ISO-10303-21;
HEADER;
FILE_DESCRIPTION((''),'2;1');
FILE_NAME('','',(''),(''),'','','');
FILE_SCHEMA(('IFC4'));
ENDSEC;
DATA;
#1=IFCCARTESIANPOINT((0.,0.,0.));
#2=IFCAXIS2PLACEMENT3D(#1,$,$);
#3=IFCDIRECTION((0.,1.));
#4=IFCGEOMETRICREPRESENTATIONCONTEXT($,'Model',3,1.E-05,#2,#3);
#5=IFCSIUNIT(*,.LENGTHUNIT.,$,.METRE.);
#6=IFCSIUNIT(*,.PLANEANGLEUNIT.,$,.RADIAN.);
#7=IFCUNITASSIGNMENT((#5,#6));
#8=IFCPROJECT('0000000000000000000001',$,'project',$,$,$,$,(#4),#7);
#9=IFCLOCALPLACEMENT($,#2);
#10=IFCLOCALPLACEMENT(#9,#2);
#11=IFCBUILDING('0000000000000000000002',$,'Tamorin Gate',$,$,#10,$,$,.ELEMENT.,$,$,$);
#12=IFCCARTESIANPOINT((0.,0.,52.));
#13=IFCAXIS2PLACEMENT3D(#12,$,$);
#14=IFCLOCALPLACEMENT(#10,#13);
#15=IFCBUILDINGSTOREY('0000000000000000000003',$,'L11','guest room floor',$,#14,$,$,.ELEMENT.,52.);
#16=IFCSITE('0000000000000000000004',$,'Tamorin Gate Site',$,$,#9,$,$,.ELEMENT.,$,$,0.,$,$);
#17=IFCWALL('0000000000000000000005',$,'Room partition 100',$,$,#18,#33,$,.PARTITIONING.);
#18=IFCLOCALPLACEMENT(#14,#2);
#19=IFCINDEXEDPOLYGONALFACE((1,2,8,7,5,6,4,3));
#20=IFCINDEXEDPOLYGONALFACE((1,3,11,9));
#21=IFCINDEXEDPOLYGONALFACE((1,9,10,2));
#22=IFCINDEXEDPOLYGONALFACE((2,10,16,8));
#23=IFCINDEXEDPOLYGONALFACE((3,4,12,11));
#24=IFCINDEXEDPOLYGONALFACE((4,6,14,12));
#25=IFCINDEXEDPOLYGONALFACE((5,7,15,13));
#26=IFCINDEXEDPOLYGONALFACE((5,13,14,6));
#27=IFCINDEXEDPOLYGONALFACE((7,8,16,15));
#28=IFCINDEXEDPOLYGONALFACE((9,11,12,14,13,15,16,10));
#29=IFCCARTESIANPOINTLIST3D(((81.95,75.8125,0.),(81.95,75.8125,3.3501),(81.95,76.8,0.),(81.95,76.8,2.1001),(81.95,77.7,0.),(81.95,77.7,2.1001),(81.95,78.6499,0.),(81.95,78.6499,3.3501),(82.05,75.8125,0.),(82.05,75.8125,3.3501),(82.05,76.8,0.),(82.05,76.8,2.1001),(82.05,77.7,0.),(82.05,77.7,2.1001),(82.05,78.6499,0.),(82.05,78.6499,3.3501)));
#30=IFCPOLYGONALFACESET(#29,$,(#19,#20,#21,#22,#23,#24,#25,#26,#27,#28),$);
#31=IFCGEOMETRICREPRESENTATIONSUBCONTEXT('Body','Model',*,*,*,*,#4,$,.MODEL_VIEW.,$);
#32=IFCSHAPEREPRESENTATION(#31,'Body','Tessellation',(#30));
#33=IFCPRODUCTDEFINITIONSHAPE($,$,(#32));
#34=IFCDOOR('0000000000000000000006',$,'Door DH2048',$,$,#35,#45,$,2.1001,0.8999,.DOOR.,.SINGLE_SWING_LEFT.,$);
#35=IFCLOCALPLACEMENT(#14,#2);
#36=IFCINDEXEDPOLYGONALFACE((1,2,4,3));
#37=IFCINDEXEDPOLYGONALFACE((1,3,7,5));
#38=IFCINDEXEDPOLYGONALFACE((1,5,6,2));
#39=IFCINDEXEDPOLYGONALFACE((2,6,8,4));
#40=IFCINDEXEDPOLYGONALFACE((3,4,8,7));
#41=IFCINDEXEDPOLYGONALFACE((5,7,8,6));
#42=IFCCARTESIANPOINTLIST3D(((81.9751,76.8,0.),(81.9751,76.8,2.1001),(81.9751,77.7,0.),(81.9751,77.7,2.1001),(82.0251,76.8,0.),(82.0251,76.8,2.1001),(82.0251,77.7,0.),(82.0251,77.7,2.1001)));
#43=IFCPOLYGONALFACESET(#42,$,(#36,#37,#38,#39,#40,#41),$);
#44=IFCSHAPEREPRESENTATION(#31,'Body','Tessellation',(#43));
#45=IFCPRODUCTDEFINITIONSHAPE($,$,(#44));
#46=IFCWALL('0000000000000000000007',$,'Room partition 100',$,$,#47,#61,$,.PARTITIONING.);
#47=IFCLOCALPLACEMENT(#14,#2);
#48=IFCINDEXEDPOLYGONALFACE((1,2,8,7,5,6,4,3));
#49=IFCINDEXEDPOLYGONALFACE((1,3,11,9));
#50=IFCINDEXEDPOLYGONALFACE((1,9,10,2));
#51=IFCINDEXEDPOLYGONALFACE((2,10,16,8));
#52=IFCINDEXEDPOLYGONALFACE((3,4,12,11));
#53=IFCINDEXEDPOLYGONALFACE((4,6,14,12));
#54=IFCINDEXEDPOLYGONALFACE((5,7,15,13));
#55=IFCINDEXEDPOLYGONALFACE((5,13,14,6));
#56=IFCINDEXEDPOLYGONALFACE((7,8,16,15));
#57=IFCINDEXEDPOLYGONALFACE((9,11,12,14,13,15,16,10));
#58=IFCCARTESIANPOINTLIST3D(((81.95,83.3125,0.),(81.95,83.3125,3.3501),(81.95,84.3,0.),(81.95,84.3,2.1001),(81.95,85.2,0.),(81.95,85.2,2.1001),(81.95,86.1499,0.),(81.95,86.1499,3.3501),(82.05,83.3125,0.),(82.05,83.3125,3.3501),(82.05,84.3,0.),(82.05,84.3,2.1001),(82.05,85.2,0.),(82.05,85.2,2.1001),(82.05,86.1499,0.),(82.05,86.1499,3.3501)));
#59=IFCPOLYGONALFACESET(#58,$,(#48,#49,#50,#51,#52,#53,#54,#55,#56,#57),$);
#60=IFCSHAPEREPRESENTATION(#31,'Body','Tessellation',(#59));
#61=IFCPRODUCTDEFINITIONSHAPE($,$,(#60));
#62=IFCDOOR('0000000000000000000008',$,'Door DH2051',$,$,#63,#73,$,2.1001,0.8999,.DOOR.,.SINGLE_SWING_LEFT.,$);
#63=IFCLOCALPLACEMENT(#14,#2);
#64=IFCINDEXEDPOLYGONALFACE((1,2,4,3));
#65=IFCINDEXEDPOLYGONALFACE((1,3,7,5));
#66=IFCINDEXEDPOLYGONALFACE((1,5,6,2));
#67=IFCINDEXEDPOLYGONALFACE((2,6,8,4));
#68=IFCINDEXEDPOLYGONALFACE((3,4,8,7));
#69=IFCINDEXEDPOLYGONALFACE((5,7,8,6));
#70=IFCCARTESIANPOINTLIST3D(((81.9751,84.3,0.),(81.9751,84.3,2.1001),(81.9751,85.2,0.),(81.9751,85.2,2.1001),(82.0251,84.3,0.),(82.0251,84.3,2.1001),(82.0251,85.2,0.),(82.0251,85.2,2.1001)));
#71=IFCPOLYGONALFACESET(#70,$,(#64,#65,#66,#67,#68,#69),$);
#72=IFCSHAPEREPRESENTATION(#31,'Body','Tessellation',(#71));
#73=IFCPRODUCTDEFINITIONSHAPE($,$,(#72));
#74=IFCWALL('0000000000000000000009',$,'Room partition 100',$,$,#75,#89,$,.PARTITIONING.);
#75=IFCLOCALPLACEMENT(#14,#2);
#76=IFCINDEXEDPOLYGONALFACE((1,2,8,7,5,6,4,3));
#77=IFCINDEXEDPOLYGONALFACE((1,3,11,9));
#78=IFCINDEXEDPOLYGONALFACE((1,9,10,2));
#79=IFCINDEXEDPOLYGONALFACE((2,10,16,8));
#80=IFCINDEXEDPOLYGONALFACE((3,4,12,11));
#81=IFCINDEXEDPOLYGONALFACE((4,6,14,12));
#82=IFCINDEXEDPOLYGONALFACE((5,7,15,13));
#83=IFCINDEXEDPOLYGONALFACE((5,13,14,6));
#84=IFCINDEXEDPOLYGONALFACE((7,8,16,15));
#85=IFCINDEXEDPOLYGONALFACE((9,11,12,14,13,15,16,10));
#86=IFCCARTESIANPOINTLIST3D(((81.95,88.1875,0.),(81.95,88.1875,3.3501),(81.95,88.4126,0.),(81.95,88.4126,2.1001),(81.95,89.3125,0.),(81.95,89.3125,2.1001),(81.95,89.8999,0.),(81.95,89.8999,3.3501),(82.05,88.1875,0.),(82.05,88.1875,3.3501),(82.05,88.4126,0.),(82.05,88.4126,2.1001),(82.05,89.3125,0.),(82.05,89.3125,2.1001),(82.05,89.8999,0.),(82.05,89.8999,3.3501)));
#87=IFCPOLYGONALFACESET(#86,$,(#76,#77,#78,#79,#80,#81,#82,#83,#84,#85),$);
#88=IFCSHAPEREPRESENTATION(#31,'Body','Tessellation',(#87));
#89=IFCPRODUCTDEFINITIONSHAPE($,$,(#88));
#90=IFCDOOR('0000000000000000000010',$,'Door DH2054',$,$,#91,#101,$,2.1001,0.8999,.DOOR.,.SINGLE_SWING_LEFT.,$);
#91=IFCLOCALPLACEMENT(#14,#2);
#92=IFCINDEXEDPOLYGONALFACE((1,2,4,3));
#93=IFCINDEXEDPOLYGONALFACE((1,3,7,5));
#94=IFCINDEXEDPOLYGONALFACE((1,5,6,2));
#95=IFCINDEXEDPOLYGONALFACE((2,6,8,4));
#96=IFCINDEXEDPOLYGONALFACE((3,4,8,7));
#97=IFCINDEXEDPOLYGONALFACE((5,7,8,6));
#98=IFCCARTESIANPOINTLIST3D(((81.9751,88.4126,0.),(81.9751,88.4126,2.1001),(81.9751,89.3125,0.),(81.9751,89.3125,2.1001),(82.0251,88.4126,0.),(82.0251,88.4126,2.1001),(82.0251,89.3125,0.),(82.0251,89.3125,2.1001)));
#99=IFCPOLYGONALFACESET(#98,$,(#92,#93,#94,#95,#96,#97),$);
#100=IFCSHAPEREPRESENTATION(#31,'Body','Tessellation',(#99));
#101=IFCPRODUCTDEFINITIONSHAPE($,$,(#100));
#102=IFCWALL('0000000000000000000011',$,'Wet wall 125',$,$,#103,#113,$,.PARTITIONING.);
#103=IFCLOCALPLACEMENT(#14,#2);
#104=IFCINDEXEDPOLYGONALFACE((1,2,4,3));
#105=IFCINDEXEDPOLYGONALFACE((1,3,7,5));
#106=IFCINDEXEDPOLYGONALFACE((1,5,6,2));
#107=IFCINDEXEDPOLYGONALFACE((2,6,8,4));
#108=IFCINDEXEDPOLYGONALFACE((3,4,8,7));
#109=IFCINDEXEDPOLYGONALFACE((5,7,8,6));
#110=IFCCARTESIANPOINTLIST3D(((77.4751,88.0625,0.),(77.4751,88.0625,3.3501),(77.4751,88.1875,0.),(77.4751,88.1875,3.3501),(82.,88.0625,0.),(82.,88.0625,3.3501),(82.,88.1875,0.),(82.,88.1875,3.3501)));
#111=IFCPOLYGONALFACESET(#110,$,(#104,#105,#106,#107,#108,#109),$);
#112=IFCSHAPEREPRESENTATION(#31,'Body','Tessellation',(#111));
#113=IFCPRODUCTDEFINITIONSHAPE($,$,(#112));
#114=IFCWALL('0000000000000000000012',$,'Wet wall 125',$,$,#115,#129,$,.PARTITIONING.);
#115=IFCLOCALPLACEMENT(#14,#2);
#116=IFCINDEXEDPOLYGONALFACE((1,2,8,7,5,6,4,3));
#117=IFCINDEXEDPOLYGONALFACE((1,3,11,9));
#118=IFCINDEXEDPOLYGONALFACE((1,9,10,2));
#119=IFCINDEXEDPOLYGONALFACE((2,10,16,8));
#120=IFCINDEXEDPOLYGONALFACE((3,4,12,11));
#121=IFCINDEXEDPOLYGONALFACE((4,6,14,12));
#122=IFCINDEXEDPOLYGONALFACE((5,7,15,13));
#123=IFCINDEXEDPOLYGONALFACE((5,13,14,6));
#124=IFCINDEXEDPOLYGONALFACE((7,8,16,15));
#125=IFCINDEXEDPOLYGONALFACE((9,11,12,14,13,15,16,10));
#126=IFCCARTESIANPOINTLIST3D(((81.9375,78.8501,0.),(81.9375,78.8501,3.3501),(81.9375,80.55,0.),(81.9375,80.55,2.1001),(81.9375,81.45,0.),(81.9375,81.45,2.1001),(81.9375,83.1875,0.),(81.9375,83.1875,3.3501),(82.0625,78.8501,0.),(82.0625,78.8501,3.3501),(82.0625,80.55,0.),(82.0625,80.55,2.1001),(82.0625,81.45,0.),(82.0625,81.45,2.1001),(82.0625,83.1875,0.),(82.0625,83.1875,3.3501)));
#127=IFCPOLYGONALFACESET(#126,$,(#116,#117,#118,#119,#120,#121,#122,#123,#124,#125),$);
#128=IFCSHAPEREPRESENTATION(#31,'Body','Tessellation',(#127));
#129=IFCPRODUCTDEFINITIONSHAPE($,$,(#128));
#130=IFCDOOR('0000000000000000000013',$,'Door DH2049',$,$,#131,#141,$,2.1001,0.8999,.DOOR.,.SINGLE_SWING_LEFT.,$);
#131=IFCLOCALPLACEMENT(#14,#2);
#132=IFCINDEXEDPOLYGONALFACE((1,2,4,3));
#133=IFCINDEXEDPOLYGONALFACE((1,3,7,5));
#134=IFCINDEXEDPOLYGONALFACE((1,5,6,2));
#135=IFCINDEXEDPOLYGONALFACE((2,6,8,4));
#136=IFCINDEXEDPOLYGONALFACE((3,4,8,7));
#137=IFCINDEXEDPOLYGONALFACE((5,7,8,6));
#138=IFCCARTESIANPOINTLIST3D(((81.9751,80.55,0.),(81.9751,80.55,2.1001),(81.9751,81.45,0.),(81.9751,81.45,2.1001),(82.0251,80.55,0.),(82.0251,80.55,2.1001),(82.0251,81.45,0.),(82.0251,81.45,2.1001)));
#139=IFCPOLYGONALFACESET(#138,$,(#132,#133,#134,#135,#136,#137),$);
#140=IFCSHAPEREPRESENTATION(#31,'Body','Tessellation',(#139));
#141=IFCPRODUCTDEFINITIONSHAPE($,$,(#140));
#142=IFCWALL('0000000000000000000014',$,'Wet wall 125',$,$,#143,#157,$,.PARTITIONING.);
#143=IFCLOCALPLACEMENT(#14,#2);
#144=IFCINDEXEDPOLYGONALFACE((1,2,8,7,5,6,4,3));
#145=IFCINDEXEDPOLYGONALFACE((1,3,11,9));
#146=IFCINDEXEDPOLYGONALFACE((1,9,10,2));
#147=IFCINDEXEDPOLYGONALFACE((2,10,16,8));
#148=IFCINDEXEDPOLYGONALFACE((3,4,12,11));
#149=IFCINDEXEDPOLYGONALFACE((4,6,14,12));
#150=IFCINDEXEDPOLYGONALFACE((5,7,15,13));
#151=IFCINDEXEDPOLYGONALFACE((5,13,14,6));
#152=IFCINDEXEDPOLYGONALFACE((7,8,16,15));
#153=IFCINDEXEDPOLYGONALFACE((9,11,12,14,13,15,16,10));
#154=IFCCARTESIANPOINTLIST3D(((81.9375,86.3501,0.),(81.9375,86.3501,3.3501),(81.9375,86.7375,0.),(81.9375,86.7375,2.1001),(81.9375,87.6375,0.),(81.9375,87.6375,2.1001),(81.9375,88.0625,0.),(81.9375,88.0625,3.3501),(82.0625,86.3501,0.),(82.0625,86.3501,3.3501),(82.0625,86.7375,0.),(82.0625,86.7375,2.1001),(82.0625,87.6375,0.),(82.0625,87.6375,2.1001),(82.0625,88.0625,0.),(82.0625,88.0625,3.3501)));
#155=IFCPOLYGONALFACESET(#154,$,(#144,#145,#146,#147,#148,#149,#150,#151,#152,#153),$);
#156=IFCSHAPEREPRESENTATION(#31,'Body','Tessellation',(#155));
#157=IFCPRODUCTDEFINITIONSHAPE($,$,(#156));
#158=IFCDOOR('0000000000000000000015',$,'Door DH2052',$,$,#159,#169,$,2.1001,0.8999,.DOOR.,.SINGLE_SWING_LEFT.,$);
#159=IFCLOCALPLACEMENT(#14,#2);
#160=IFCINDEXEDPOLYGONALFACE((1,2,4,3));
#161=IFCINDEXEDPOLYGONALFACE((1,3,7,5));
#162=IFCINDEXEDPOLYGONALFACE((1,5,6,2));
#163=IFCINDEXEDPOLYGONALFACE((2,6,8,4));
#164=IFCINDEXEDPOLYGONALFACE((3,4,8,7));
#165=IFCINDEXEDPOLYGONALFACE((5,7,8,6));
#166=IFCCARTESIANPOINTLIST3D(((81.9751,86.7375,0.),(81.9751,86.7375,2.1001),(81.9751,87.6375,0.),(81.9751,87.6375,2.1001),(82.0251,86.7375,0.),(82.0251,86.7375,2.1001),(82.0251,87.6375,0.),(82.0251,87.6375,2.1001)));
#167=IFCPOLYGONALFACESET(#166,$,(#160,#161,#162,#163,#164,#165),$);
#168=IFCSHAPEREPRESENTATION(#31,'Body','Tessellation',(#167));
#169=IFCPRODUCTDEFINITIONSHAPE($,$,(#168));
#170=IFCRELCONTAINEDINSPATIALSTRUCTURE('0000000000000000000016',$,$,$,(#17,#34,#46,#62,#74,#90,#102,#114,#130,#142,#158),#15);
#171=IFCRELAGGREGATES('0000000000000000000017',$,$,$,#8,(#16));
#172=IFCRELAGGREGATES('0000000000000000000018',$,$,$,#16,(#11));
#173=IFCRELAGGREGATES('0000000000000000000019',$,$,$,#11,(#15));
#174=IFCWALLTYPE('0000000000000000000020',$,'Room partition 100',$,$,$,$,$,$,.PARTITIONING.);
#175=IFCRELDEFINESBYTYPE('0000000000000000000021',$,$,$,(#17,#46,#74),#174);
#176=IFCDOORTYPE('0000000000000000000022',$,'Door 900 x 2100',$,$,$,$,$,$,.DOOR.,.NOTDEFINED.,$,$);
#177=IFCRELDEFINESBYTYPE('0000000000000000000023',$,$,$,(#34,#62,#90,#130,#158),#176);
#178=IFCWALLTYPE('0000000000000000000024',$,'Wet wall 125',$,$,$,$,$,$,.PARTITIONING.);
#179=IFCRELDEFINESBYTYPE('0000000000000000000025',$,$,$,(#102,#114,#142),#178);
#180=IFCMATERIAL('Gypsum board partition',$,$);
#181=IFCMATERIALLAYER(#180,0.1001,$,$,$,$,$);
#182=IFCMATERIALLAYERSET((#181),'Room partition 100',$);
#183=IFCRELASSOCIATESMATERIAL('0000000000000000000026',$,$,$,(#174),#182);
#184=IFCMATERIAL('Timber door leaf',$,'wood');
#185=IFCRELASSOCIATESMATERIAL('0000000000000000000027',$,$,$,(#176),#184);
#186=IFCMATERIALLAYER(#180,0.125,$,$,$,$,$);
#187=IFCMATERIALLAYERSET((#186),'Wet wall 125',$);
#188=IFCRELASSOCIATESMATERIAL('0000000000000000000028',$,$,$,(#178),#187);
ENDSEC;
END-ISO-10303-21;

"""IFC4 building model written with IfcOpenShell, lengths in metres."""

from ifc_helpers import new_model, si_unit, direction, frame, frame_2d, origin, place, context, subcontext, project, spatial, rectangle, extrude, material, layer, layer_set, type_object, element, fill, save


model = new_model("IFC4")

# Units and contexts
model_context = context("Model", 3, precision=1e-05, world=origin(), true_north=direction((0.0, 1.0)))
body_context = subcontext(model_context, "Body", "Model", "MODEL_VIEW")
ifc_project = project(units=[si_unit("LENGTHUNIT", "METRE"), si_unit("PLANEANGLEUNIT", "RADIAN")], contexts=[model_context])

# Site, building, storey
site_placement = place(None, origin())
site = spatial("IfcSite", under=ifc_project, at=site_placement, Name="Tamorin Gate Site", CompositionType="ELEMENT", RefElevation=0.0)
building_placement = place(site_placement, origin())
building = spatial("IfcBuilding", under=site, at=building_placement, Name="Tamorin Gate", CompositionType="ELEMENT")
storey_placement = place(building_placement, frame((0.0, 0.0, 52.0)))
storey = spatial("IfcBuildingStorey", under=building, at=storey_placement, Name="L11", Description="guest room floor", CompositionType="ELEMENT", Elevation=52.0)

# Walls, openings, doors
ifc_material_1 = material(Name="Gypsum board partition")
ifc_layer_1 = layer(ifc_material_1, 0.1001)
ifc_layer_set_1 = layer_set([ifc_layer_1], Name="Room partition 100")
wall_type_1 = type_object("IfcWallType", Name="Room partition 100", PredefinedType="PARTITIONING", material=ifc_layer_set_1)
wall_1_placement = place(storey_placement, frame((82.0, 75.8125, 0.0), z_axis=(0.0, 0.0, 1.0), x_axis=(0.0, 1.0, 0.0)))
wall_1 = element("IfcWall", 1, at=wall_1_placement, inside=storey, type_object=wall_type_1, Name="Room partition 100", PredefinedType="PARTITIONING", context=body_context, shape_type="SweptSolid", body=[
    extrude(rectangle(XDim=2.8374, YDim=0.1001, at=frame_2d((1.4187, 0.0))), origin(), (0.0, 0.0, 1.0), 3.3501),
])
opening_1_placement = place(wall_1_placement, frame((0.9875, 0.0, 0.0)))
opening_1 = element("IfcOpeningElement", 2, at=opening_1_placement, cuts=wall_1, PredefinedType="OPENING", context=body_context, shape_type="SweptSolid", body=[
    extrude(rectangle(XDim=0.8999, YDim=2.1001, at=frame_2d((0.45, 1.05))), frame((0.0, 0.0601, 0.0), z_axis=(0.0, -1.0, 0.0), x_axis=(1.0, 0.0, 0.0)), (0.0, 0.0, 1.0), 0.1201),
])
ifc_material_2 = material(Name="Timber door leaf", Category="wood")
door_type = type_object("IfcDoorType", Name="Door 900 x 2100", OperationType="NOTDEFINED", PredefinedType="DOOR", material=ifc_material_2)
door_1_placement = place(opening_1_placement, origin())
door_1 = element("IfcDoor", 3, at=door_1_placement, inside=storey, type_object=door_type, Name="Door DH2048", OperationType="SINGLE_SWING_LEFT", OverallHeight=2.1001, OverallWidth=0.8999, PredefinedType="DOOR", context=body_context, shape_type="SweptSolid", body=[
    extrude(rectangle(XDim=0.8999, YDim=2.1001, at=frame_2d((0.45, 1.05))), frame((0.0, 0.0249, 0.0), z_axis=(0.0, -1.0, 0.0), x_axis=(1.0, 0.0, 0.0)), (0.0, 0.0, 1.0), 0.05),
])
fill(opening_1, door_1)
wall_2_placement = place(storey_placement, frame((82.0, 83.3125, 0.0), z_axis=(0.0, 0.0, 1.0), x_axis=(0.0, 1.0, 0.0)))
wall_2 = element("IfcWall", 4, at=wall_2_placement, inside=storey, type_object=wall_type_1, Name="Room partition 100", PredefinedType="PARTITIONING", context=body_context, shape_type="SweptSolid", body=[
    extrude(rectangle(XDim=2.8374, YDim=0.1001, at=frame_2d((1.4187, 0.0))), origin(), (0.0, 0.0, 1.0), 3.3501),
])
opening_2_placement = place(wall_2_placement, frame((0.9875, 0.0, 0.0)))
opening_2 = element("IfcOpeningElement", 5, at=opening_2_placement, cuts=wall_2, PredefinedType="OPENING", context=body_context, shape_type="SweptSolid", body=[
    extrude(rectangle(XDim=0.8999, YDim=2.1001, at=frame_2d((0.45, 1.05))), frame((0.0, 0.0601, 0.0), z_axis=(0.0, -1.0, 0.0), x_axis=(1.0, 0.0, 0.0)), (0.0, 0.0, 1.0), 0.1201),
])
door_2_placement = place(opening_2_placement, origin())
door_2 = element("IfcDoor", 6, at=door_2_placement, inside=storey, type_object=door_type, Name="Door DH2051", OperationType="SINGLE_SWING_LEFT", OverallHeight=2.1001, OverallWidth=0.8999, PredefinedType="DOOR", context=body_context, shape_type="SweptSolid", body=[
    extrude(rectangle(XDim=0.8999, YDim=2.1001, at=frame_2d((0.45, 1.05))), frame((0.0, 0.0249, 0.0), z_axis=(0.0, -1.0, 0.0), x_axis=(1.0, 0.0, 0.0)), (0.0, 0.0, 1.0), 0.05),
])
fill(opening_2, door_2)
wall_3_placement = place(storey_placement, frame((82.0, 88.1875, 0.0), z_axis=(0.0, 0.0, 1.0), x_axis=(0.0, 1.0, 0.0)))
wall_3 = element("IfcWall", 7, at=wall_3_placement, inside=storey, type_object=wall_type_1, Name="Room partition 100", PredefinedType="PARTITIONING", context=body_context, shape_type="SweptSolid", body=[
    extrude(rectangle(XDim=1.7124, YDim=0.1001, at=frame_2d((0.8562, 0.0))), origin(), (0.0, 0.0, 1.0), 3.3501),
])
opening_3_placement = place(wall_3_placement, frame((0.2251, 0.0, 0.0)))
opening_3 = element("IfcOpeningElement", 8, at=opening_3_placement, cuts=wall_3, PredefinedType="OPENING", context=body_context, shape_type="SweptSolid", body=[
    extrude(rectangle(XDim=0.8999, YDim=2.1001, at=frame_2d((0.45, 1.05))), frame((0.0, 0.0601, 0.0), z_axis=(0.0, -1.0, 0.0), x_axis=(1.0, 0.0, 0.0)), (0.0, 0.0, 1.0), 0.1201),
])
door_3_placement = place(opening_3_placement, origin())
door_3 = element("IfcDoor", 9, at=door_3_placement, inside=storey, type_object=door_type, Name="Door DH2054", OperationType="SINGLE_SWING_LEFT", OverallHeight=2.1001, OverallWidth=0.8999, PredefinedType="DOOR", context=body_context, shape_type="SweptSolid", body=[
    extrude(rectangle(XDim=0.8999, YDim=2.1001, at=frame_2d((0.45, 1.05))), frame((0.0, 0.0249, 0.0), z_axis=(0.0, -1.0, 0.0), x_axis=(1.0, 0.0, 0.0)), (0.0, 0.0, 1.0), 0.05),
])
fill(opening_3, door_3)

# Wall
ifc_layer_2 = layer(ifc_material_1, 0.125)
ifc_layer_set_2 = layer_set([ifc_layer_2], Name="Wet wall 125")
wall_type_2 = type_object("IfcWallType", Name="Wet wall 125", PredefinedType="PARTITIONING", material=ifc_layer_set_2)
wall_4_placement = place(storey_placement, frame((77.4751, 88.125, 0.0), z_axis=(0.0, 0.0, 1.0), x_axis=(1.0, 0.0, 0.0)))
element("IfcWall", 10, at=wall_4_placement, inside=storey, type_object=wall_type_2, Name="Wet wall 125", PredefinedType="PARTITIONING", context=body_context, shape_type="SweptSolid", body=[
    extrude(rectangle(XDim=4.5249, YDim=0.125, at=frame_2d((2.2625, 0.0))), origin(), (0.0, 0.0, 1.0), 3.3501),
])

# Walls, openings, doors
wall_5_placement = place(storey_placement, frame((82.0, 78.8501, 0.0), z_axis=(0.0, 0.0, 1.0), x_axis=(0.0, 1.0, 0.0)))
wall_5 = element("IfcWall", 11, at=wall_5_placement, inside=storey, type_object=wall_type_2, Name="Wet wall 125", PredefinedType="PARTITIONING", context=body_context, shape_type="SweptSolid", body=[
    extrude(rectangle(XDim=4.3374, YDim=0.125, at=frame_2d((2.1687, 0.0))), origin(), (0.0, 0.0, 1.0), 3.3501),
])
opening_4_placement = place(wall_5_placement, frame((1.7, 0.0, 0.0)))
opening_4 = element("IfcOpeningElement", 12, at=opening_4_placement, cuts=wall_5, PredefinedType="OPENING", context=body_context, shape_type="SweptSolid", body=[
    extrude(rectangle(XDim=0.8999, YDim=2.1001, at=frame_2d((0.45, 1.05))), frame((0.0, 0.0725, 0.0), z_axis=(0.0, -1.0, 0.0), x_axis=(1.0, 0.0, 0.0)), (0.0, 0.0, 1.0), 0.145),
])
door_4_placement = place(opening_4_placement, origin())
door_4 = element("IfcDoor", 13, at=door_4_placement, inside=storey, type_object=door_type, Name="Door DH2049", OperationType="SINGLE_SWING_LEFT", OverallHeight=2.1001, OverallWidth=0.8999, PredefinedType="DOOR", context=body_context, shape_type="SweptSolid", body=[
    extrude(rectangle(XDim=0.8999, YDim=2.1001, at=frame_2d((0.45, 1.05))), frame((0.0, 0.0249, 0.0), z_axis=(0.0, -1.0, 0.0), x_axis=(1.0, 0.0, 0.0)), (0.0, 0.0, 1.0), 0.05),
])
fill(opening_4, door_4)
wall_6_placement = place(storey_placement, frame((82.0, 86.3501, 0.0), z_axis=(0.0, 0.0, 1.0), x_axis=(0.0, 1.0, 0.0)))
wall_6 = element("IfcWall", 14, at=wall_6_placement, inside=storey, type_object=wall_type_2, Name="Wet wall 125", PredefinedType="PARTITIONING", context=body_context, shape_type="SweptSolid", body=[
    extrude(rectangle(XDim=1.7124, YDim=0.125, at=frame_2d((0.8562, 0.0))), origin(), (0.0, 0.0, 1.0), 3.3501),
])
opening_5_placement = place(wall_6_placement, frame((0.3875, 0.0, 0.0)))
opening_5 = element("IfcOpeningElement", 15, at=opening_5_placement, cuts=wall_6, PredefinedType="OPENING", context=body_context, shape_type="SweptSolid", body=[
    extrude(rectangle(XDim=0.8999, YDim=2.1001, at=frame_2d((0.45, 1.05))), frame((0.0, 0.0725, 0.0), z_axis=(0.0, -1.0, 0.0), x_axis=(1.0, 0.0, 0.0)), (0.0, 0.0, 1.0), 0.145),
])
door_5_placement = place(opening_5_placement, origin())
door_5 = element("IfcDoor", 16, at=door_5_placement, inside=storey, type_object=door_type, Name="Door DH2052", OperationType="SINGLE_SWING_LEFT", OverallHeight=2.1001, OverallWidth=0.8999, PredefinedType="DOOR", context=body_context, shape_type="SweptSolid", body=[
    extrude(rectangle(XDim=0.8999, YDim=2.1001, at=frame_2d((0.45, 1.05))), frame((0.0, 0.0249, 0.0), z_axis=(0.0, -1.0, 0.0), x_axis=(1.0, 0.0, 0.0)), (0.0, 0.0, 1.0), 0.05),
])
fill(opening_5, door_5)

save(model, "model.ifc")
